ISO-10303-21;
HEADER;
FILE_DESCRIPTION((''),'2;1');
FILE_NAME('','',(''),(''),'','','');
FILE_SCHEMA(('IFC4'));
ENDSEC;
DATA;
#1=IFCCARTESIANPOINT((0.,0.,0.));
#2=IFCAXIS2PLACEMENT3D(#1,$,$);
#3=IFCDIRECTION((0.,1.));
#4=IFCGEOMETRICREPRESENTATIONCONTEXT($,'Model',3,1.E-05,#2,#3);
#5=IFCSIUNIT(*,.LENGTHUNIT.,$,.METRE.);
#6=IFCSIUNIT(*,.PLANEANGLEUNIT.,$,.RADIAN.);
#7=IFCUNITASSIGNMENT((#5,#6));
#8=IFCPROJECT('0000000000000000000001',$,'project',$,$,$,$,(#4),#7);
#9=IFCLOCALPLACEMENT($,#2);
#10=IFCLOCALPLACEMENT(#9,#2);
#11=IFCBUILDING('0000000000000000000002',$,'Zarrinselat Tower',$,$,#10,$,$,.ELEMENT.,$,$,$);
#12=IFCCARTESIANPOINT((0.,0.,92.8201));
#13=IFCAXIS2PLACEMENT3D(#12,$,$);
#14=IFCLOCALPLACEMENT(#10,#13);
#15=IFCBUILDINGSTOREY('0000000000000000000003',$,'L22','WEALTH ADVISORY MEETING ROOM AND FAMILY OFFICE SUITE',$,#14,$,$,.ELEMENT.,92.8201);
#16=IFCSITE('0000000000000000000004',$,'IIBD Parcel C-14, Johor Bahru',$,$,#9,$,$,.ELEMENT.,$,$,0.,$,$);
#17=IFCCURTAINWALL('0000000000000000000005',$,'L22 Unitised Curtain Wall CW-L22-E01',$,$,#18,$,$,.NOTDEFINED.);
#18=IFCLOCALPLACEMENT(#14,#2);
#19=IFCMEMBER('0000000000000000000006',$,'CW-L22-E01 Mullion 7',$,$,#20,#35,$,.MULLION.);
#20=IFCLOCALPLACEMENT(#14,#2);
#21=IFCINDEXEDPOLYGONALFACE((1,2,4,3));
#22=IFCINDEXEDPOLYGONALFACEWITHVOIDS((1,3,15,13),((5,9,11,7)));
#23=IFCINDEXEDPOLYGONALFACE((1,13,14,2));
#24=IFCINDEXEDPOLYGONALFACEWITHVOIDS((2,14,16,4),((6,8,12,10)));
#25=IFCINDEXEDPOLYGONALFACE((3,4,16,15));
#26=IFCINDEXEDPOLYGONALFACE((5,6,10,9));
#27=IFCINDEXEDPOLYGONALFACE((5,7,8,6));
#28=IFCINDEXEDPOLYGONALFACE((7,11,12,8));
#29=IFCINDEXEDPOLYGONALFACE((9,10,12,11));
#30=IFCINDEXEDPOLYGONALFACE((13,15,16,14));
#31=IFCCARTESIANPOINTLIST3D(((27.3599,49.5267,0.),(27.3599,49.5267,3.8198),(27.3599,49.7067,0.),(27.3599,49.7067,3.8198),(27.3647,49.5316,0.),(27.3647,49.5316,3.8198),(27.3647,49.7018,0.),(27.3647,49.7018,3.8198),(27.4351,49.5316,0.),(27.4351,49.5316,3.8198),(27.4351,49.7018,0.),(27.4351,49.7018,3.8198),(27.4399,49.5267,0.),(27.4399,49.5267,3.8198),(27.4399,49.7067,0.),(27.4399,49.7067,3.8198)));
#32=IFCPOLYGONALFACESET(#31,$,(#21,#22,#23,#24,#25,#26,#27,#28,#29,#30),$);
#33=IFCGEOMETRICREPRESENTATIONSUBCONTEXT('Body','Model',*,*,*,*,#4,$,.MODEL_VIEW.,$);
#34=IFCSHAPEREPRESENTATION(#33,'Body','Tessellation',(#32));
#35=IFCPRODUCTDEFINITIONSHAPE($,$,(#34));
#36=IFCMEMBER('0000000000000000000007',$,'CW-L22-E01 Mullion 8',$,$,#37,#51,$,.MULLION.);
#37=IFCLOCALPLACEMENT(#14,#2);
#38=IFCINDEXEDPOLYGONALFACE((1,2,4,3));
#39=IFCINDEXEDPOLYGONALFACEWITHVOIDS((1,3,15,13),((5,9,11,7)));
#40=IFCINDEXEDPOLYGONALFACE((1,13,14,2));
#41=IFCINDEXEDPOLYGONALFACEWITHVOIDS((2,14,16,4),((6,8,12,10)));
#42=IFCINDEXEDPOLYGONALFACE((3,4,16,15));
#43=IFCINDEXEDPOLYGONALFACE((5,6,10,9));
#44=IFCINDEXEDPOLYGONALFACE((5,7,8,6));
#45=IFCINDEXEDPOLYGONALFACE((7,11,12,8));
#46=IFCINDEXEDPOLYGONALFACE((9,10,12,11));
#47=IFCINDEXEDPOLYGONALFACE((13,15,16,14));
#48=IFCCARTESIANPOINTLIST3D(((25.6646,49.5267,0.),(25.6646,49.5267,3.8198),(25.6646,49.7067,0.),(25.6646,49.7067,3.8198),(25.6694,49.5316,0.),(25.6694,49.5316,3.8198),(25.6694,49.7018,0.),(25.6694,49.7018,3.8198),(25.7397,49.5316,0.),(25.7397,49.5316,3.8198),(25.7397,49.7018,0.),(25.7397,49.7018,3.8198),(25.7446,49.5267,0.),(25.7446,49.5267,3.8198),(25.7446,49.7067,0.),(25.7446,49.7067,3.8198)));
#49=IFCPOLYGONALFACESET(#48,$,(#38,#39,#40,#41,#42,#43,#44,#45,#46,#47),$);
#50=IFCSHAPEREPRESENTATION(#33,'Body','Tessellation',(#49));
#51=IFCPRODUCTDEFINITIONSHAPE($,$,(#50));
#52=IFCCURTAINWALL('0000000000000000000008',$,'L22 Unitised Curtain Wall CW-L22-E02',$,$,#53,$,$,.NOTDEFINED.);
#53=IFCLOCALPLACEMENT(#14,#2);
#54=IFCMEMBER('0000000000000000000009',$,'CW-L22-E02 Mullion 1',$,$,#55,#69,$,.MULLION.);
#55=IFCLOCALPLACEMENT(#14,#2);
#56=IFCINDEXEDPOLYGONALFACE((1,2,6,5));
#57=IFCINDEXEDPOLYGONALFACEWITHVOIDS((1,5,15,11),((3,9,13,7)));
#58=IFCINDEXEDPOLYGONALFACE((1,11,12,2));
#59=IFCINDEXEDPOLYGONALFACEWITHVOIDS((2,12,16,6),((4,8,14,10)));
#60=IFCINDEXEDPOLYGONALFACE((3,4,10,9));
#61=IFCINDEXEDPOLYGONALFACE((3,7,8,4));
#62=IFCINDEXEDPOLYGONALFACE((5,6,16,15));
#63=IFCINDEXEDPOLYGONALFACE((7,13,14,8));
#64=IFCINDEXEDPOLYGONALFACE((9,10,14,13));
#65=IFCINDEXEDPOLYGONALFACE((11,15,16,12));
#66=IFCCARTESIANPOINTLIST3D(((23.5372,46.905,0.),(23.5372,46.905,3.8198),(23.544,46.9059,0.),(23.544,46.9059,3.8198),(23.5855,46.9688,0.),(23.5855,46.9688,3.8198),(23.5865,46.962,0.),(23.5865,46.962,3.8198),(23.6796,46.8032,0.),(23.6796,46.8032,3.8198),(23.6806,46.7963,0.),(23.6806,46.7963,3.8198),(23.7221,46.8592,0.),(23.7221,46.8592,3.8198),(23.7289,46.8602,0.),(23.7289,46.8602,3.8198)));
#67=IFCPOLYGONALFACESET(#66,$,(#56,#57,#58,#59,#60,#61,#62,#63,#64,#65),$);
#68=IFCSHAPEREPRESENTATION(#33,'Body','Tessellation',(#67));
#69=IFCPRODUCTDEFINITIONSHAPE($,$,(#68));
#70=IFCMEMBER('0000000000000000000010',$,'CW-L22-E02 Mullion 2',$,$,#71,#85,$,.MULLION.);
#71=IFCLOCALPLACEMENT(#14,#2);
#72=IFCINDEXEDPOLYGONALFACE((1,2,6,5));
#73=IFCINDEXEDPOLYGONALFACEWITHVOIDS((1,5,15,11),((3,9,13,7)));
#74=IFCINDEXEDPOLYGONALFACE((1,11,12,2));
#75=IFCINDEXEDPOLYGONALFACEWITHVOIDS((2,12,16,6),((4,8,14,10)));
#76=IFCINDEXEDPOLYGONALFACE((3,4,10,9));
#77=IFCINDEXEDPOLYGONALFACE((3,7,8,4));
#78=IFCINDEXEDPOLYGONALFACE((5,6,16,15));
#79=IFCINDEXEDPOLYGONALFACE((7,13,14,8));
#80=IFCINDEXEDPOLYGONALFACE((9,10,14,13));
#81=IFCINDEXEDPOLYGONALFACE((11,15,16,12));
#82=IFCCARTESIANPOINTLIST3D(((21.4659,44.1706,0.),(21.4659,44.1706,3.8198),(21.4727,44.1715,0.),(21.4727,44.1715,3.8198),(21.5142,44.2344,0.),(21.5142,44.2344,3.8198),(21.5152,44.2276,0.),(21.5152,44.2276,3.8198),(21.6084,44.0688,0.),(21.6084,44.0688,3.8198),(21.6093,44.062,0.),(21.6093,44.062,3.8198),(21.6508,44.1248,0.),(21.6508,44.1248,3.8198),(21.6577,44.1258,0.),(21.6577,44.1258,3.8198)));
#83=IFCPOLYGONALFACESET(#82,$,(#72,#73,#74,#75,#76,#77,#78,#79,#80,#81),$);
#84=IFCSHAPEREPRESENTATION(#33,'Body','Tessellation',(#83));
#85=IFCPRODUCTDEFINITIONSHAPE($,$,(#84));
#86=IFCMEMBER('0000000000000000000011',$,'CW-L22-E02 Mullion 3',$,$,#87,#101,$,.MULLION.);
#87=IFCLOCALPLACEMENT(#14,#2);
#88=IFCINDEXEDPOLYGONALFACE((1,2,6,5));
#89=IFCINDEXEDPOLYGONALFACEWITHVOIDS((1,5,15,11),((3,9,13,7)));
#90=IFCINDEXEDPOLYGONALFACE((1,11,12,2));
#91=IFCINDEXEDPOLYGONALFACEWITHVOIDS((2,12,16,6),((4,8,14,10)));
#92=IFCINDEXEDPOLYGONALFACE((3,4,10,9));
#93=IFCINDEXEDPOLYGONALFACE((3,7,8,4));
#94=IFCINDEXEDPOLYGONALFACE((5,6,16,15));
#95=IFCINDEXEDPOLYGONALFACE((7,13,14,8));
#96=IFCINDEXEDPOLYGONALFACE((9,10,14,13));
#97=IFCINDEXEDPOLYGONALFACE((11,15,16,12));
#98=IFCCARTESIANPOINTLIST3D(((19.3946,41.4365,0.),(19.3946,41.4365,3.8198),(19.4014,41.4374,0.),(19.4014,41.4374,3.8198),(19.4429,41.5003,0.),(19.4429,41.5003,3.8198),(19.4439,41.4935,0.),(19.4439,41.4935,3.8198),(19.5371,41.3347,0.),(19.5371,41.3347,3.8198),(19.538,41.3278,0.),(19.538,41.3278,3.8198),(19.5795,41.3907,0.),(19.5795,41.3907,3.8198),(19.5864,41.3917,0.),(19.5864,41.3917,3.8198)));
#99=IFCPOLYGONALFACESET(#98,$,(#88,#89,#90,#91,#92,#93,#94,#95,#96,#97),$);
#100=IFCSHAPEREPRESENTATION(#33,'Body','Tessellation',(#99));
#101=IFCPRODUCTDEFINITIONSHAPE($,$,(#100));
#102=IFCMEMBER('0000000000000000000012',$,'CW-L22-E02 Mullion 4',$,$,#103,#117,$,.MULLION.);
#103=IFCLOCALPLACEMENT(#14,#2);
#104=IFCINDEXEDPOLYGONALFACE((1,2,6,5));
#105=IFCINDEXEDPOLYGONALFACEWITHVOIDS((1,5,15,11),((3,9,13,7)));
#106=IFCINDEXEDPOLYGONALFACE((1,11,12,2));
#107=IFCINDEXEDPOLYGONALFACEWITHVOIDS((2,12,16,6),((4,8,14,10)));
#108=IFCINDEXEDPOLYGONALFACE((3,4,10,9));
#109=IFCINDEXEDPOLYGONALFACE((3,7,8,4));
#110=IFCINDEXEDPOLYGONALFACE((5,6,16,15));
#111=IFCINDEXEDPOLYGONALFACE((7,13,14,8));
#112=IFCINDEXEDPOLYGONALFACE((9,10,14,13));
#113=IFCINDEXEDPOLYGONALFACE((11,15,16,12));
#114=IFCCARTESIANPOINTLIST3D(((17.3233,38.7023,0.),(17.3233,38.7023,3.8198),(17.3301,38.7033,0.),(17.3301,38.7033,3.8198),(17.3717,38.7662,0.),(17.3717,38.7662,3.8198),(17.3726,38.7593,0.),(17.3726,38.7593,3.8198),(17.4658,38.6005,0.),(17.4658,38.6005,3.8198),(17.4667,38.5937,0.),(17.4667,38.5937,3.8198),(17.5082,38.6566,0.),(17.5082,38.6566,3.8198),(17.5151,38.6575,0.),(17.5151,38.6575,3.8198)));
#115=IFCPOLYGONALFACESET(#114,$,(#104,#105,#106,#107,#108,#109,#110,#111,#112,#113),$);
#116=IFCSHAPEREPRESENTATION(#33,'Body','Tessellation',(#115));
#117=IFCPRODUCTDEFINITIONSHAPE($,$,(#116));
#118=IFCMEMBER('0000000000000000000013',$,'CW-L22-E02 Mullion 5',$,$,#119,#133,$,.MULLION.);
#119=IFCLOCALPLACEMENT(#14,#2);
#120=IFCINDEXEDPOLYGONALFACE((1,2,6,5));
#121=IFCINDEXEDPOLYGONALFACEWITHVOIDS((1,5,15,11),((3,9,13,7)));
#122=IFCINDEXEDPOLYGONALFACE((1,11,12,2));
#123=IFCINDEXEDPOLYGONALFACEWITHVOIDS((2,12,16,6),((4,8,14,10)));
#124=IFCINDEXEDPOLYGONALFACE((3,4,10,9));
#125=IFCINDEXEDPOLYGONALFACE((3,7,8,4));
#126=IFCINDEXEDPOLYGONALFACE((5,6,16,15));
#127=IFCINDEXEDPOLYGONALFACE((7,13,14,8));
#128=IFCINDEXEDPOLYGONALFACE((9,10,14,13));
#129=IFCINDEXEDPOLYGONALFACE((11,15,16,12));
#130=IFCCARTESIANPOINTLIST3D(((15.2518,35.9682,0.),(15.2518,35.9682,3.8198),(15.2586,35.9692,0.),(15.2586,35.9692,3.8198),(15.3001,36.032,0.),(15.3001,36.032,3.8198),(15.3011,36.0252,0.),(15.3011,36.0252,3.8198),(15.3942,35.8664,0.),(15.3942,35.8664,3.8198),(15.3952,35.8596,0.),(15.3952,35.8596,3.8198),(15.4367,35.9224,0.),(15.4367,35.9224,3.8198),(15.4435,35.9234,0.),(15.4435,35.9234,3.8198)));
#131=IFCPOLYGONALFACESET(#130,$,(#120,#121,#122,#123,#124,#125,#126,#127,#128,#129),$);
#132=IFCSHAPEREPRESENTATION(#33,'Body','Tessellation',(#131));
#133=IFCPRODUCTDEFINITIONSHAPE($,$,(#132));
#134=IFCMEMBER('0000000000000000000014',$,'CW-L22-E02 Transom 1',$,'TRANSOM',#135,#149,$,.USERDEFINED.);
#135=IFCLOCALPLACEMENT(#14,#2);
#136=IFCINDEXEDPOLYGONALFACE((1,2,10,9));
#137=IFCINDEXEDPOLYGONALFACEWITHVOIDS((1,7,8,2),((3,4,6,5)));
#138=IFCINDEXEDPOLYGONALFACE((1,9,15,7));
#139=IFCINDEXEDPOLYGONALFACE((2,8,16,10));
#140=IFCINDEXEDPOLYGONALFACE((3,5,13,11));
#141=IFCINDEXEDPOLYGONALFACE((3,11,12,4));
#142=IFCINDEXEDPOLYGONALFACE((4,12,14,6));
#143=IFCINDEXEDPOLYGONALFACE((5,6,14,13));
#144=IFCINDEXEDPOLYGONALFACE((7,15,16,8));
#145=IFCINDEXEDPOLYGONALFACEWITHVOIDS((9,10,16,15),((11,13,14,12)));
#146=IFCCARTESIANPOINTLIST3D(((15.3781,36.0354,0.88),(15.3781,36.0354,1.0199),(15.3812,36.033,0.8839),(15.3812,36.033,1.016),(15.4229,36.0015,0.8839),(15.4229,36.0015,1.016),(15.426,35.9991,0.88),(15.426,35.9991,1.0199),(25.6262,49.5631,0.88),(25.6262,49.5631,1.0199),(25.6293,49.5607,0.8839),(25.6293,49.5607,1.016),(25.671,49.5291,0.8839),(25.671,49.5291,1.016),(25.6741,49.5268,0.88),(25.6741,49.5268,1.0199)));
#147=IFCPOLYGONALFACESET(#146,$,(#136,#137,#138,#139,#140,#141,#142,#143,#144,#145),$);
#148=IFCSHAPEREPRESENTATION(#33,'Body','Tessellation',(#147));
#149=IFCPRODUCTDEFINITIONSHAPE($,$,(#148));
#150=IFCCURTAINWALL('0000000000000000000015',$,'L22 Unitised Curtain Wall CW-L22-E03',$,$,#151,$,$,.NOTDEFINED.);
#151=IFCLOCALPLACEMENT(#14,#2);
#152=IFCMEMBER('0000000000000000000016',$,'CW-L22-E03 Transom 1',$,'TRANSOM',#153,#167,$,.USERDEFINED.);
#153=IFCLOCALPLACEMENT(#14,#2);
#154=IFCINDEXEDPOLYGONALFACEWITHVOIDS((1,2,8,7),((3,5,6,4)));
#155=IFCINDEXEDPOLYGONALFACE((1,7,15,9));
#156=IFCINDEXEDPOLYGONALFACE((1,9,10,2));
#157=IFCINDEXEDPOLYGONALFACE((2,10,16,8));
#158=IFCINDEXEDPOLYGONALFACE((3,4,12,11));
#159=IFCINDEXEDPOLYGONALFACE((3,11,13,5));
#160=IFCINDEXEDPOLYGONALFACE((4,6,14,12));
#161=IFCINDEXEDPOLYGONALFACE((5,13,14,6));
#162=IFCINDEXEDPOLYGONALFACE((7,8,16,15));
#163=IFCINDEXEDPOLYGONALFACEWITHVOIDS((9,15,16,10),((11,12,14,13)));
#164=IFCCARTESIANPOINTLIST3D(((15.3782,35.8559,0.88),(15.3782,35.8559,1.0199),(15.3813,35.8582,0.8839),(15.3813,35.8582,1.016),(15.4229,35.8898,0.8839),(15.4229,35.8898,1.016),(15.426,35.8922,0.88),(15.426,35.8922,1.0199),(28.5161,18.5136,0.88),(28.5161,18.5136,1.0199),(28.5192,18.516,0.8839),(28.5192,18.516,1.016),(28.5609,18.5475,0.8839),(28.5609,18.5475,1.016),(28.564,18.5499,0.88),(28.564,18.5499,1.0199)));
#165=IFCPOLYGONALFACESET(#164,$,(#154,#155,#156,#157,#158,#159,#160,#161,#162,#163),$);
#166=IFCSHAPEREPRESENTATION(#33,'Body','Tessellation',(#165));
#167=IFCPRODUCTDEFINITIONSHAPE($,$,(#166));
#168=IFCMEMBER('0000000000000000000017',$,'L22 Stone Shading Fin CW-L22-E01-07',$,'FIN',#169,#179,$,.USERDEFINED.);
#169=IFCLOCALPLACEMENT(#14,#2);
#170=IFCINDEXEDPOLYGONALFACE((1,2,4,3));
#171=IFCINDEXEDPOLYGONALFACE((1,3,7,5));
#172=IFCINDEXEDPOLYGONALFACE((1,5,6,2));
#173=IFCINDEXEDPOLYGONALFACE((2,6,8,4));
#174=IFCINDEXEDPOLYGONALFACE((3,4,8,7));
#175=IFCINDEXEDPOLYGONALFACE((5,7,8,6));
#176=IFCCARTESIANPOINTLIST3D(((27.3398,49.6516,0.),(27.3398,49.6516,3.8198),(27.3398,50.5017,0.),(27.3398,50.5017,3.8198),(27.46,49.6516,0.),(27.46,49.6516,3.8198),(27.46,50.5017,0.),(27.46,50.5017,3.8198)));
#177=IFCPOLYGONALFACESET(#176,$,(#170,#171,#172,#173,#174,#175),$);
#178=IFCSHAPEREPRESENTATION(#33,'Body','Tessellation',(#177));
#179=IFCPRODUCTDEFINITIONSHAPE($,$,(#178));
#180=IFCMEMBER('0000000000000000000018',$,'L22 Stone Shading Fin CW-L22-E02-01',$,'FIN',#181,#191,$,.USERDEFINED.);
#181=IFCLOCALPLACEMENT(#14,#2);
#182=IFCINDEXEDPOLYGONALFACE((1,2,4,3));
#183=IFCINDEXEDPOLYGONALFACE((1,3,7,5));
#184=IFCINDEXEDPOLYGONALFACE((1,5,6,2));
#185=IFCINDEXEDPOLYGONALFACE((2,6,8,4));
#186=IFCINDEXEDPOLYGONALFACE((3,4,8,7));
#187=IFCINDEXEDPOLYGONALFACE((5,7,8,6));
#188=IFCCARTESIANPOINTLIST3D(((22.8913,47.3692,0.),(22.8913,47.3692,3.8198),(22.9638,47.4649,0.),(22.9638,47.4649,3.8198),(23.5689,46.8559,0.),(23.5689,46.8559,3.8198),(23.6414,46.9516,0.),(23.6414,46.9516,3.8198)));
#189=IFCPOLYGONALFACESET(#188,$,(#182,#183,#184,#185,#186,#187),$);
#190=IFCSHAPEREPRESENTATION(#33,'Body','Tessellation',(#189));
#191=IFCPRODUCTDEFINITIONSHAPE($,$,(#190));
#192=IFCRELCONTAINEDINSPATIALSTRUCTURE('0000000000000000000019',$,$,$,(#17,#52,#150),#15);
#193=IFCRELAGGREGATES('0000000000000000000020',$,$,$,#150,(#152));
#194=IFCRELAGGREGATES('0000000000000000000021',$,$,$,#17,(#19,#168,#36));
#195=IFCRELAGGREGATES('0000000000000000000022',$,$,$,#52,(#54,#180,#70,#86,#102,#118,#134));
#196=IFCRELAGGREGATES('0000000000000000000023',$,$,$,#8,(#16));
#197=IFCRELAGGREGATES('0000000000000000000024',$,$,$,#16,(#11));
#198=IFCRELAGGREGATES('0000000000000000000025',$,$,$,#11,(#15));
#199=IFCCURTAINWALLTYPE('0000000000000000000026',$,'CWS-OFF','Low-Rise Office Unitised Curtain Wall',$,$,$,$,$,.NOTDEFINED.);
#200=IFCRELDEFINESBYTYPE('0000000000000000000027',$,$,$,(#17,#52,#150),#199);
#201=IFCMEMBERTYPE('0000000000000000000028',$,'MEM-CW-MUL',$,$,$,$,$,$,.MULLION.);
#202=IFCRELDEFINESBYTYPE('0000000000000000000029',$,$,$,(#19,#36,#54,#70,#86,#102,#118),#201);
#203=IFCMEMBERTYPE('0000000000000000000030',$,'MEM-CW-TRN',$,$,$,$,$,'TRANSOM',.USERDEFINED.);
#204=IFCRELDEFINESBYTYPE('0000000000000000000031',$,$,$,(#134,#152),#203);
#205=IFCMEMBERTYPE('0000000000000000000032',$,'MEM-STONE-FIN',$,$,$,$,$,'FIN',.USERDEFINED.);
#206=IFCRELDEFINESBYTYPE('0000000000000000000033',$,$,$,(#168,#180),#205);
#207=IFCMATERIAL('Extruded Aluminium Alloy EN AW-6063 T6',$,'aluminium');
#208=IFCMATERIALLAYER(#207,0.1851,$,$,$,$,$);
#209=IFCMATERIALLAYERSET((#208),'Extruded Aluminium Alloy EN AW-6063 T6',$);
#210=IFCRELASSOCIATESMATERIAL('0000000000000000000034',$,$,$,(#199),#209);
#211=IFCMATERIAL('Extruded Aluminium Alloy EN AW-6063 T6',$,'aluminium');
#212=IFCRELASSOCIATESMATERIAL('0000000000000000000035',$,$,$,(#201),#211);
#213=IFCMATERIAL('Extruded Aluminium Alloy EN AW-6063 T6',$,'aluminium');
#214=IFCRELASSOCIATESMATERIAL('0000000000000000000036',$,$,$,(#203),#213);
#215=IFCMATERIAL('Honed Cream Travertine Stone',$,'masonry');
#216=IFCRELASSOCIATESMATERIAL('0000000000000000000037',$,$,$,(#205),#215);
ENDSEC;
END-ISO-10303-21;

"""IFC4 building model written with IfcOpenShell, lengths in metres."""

from ifc_helpers import new_model, si_unit, direction, frame, origin, origin_2d, place, context, subcontext, project, spatial, rectangle, hollow_rectangle, extrude, material, layer, layer_set, material_profile, profile_set, type_object, element, aggregate, save


model = new_model("IFC4")

# Units and contexts
model_context = context("Model", 3, precision=1e-05, world=origin(), true_north=direction((0.0, 1.0)))
body_context = subcontext(model_context, "Body", "Model", "MODEL_VIEW")
ifc_project = project(units=[si_unit("LENGTHUNIT", "METRE"), si_unit("PLANEANGLEUNIT", "RADIAN")], contexts=[model_context])

# Site, building, storey
site_placement = place(None, origin())
site = spatial("IfcSite", under=ifc_project, at=site_placement, Name="IIBD Parcel C-14, Johor Bahru", CompositionType="ELEMENT", RefElevation=0.0)
building_placement = place(site_placement, origin())
building = spatial("IfcBuilding", under=site, at=building_placement, Name="Zarrinselat Tower", CompositionType="ELEMENT")
storey_placement = place(building_placement, frame((0.0, 0.0, 92.8201)))
storey = spatial("IfcBuildingStorey", under=building, at=storey_placement, Name="L22", Description="WEALTH ADVISORY MEETING ROOM AND FAMILY OFFICE SUITE", CompositionType="ELEMENT", Elevation=92.8201)

# Curtain walls, members
ifc_material_1 = material(Name="Extruded Aluminium Alloy EN AW-6063 T6", Category="aluminium")
ifc_layer_1 = layer(ifc_material_1, 0.1851)
ifc_layer_set_1 = layer_set([ifc_layer_1], Name="Extruded Aluminium Alloy EN AW-6063 T6")
curtain_wall_type = type_object("IfcCurtainWallType", Name="CWS-OFF", Description="Low-Rise Office Unitised Curtain Wall", PredefinedType="NOTDEFINED", material=ifc_layer_set_1)
curtain_wall_1_placement = place(storey_placement, origin())
curtain_wall_1 = element("IfcCurtainWall", 1, at=curtain_wall_1_placement, inside=storey, type_object=curtain_wall_type, Name="L22 Unitised Curtain Wall CW-L22-E01", PredefinedType="NOTDEFINED")
ifc_material_2 = material(Name="Extruded Aluminium Alloy EN AW-6063 T6", Category="aluminium")
ifc_material_profile_1 = material_profile(ifc_material_2, hollow_rectangle(XDim=0.0801, YDim=0.1799, WallThickness=0.0049, at=origin_2d()), Name="RHS 180x80x5")
ifc_profile_set_1 = profile_set([ifc_material_profile_1], Name="Extruded Aluminium Alloy EN AW-6063 T6")
member_type_1 = type_object("IfcMemberType", Name="MEM-CW-MUL", PredefinedType="MULLION", material=ifc_profile_set_1)
member_1_placement = place(storey_placement, frame((27.3999, 49.6167, 0.0), z_axis=(0.0, 0.0, 1.0), x_axis=(-1.0, 0.0, 0.0)))
member_1 = element("IfcMember", 2, at=member_1_placement, type_object=member_type_1, Name="CW-L22-E01 Mullion 7", PredefinedType="MULLION", context=body_context, shape_type="SweptSolid", body=[
    extrude(hollow_rectangle(XDim=0.0801, YDim=0.1799, WallThickness=0.0049, at=origin_2d()), origin(), (0.0, 0.0, 1.0), 3.8198),
])
member_2_placement = place(storey_placement, frame((25.7046, 49.6167, 0.0), z_axis=(0.0, 0.0, 1.0), x_axis=(-1.0, 0.0, 0.0)))
member_2 = element("IfcMember", 3, at=member_2_placement, type_object=member_type_1, Name="CW-L22-E01 Mullion 8", PredefinedType="MULLION", context=body_context, shape_type="SweptSolid", body=[
    extrude(hollow_rectangle(XDim=0.0801, YDim=0.1799, WallThickness=0.0049, at=origin_2d()), origin(), (0.0, 0.0, 1.0), 3.8198),
])
curtain_wall_2_placement = place(storey_placement, origin())
curtain_wall_2 = element("IfcCurtainWall", 4, at=curtain_wall_2_placement, inside=storey, type_object=curtain_wall_type, Name="L22 Unitised Curtain Wall CW-L22-E02", PredefinedType="NOTDEFINED")
member_3_placement = place(storey_placement, frame((23.6331, 46.8826, 0.0), z_axis=(0.0, 0.0, 1.0), x_axis=(-0.603857, -0.797093, 0.0)))
member_3 = element("IfcMember", 5, at=member_3_placement, type_object=member_type_1, Name="CW-L22-E02 Mullion 1", PredefinedType="MULLION", context=body_context, shape_type="SweptSolid", body=[
    extrude(hollow_rectangle(XDim=0.0801, YDim=0.1799, WallThickness=0.0049, at=origin_2d()), origin(), (0.0, 0.0, 1.0), 3.8198),
])
member_4_placement = place(storey_placement, frame((21.5618, 44.1482, 0.0), z_axis=(0.0, 0.0, 1.0), x_axis=(-0.603857, -0.797093, 0.0)))
member_4 = element("IfcMember", 6, at=member_4_placement, type_object=member_type_1, Name="CW-L22-E02 Mullion 2", PredefinedType="MULLION", context=body_context, shape_type="SweptSolid", body=[
    extrude(hollow_rectangle(XDim=0.0801, YDim=0.1799, WallThickness=0.0049, at=origin_2d()), origin(), (0.0, 0.0, 1.0), 3.8198),
])
member_5_placement = place(storey_placement, frame((19.4905, 41.4141, 0.0), z_axis=(0.0, 0.0, 1.0), x_axis=(-0.603857, -0.797093, 0.0)))
member_5 = element("IfcMember", 7, at=member_5_placement, type_object=member_type_1, Name="CW-L22-E02 Mullion 3", PredefinedType="MULLION", context=body_context, shape_type="SweptSolid", body=[
    extrude(hollow_rectangle(XDim=0.0801, YDim=0.1799, WallThickness=0.0049, at=origin_2d()), origin(), (0.0, 0.0, 1.0), 3.8198),
])
member_6_placement = place(storey_placement, frame((17.4192, 38.6799, 0.0), z_axis=(0.0, 0.0, 1.0), x_axis=(-0.603857, -0.797093, 0.0)))
member_6 = element("IfcMember", 8, at=member_6_placement, type_object=member_type_1, Name="CW-L22-E02 Mullion 4", PredefinedType="MULLION", context=body_context, shape_type="SweptSolid", body=[
    extrude(hollow_rectangle(XDim=0.0801, YDim=0.1799, WallThickness=0.0049, at=origin_2d()), origin(), (0.0, 0.0, 1.0), 3.8198),
])
member_7_placement = place(storey_placement, frame((15.3477, 35.9458, 0.0), z_axis=(0.0, 0.0, 1.0), x_axis=(-0.603857, -0.797093, 0.0)))
member_7 = element("IfcMember", 9, at=member_7_placement, type_object=member_type_1, Name="CW-L22-E02 Mullion 5", PredefinedType="MULLION", context=body_context, shape_type="SweptSolid", body=[
    extrude(hollow_rectangle(XDim=0.0801, YDim=0.1799, WallThickness=0.0049, at=origin_2d()), origin(), (0.0, 0.0, 1.0), 3.8198),
])
ifc_material_3 = material(Name="Extruded Aluminium Alloy EN AW-6063 T6", Category="aluminium")
ifc_material_profile_2 = material_profile(ifc_material_3, hollow_rectangle(XDim=0.0601, YDim=0.1399, WallThickness=0.0039, at=origin_2d()), Name="RHS 140x60x4")
ifc_profile_set_2 = profile_set([ifc_material_profile_2], Name="Extruded Aluminium Alloy EN AW-6063 T6")
member_type_2 = type_object("IfcMemberType", Name="MEM-CW-TRN", ElementType="TRANSOM", PredefinedType="USERDEFINED", material=ifc_profile_set_2)
member_8_placement = place(storey_placement, frame((25.6501, 49.5449, 0.95), z_axis=(-0.603853, -0.797096, 0.0), x_axis=(0.797096, -0.603853, 0.0)))
member_8 = element("IfcMember", 10, at=member_8_placement, type_object=member_type_2, Name="CW-L22-E02 Transom 1", ObjectType="TRANSOM", PredefinedType="USERDEFINED", context=body_context, shape_type="SweptSolid", body=[
    extrude(hollow_rectangle(XDim=0.0601, YDim=0.1399, WallThickness=0.0039, at=origin_2d()), origin(), (0.0, 0.0, 1.0), 16.9712),
])

# Curtain wall, member
curtain_wall_3_placement = place(storey_placement, origin())
curtain_wall_3 = element("IfcCurtainWall", 11, at=curtain_wall_3_placement, inside=storey, type_object=curtain_wall_type, Name="L22 Unitised Curtain Wall CW-L22-E03", PredefinedType="NOTDEFINED")
member_9_placement = place(storey_placement, frame((15.4021, 35.874, 0.95), z_axis=(0.603853, -0.797096, 0.0), x_axis=(0.797096, 0.603853, 0.0)))
member_9 = element("IfcMember", 12, at=member_9_placement, type_object=member_type_2, Name="CW-L22-E03 Transom 1", ObjectType="TRANSOM", PredefinedType="USERDEFINED", context=body_context, shape_type="SweptSolid", body=[
    extrude(hollow_rectangle(XDim=0.0601, YDim=0.1399, WallThickness=0.0039, at=origin_2d()), origin(), (0.0, 0.0, 1.0), 21.7568),
])
aggregate(curtain_wall_3, [member_9])

# Members
ifc_material_4 = material(Name="Honed Cream Travertine Stone", Category="masonry")
ifc_material_profile_3 = material_profile(ifc_material_4, rectangle(XDim=0.1201, YDim=0.8501, at=origin_2d()), Name="FIN 850x120")
ifc_profile_set_3 = profile_set([ifc_material_profile_3], Name="Honed Cream Travertine Stone")
member_type_3 = type_object("IfcMemberType", Name="MEM-STONE-FIN", ElementType="FIN", PredefinedType="USERDEFINED", material=ifc_profile_set_3)
member_10_placement = place(storey_placement, frame((27.3999, 50.0767, 0.0), z_axis=(0.0, 0.0, 1.0), x_axis=(1.0, 0.0, 0.0)))
member_10 = element("IfcMember", 13, at=member_10_placement, type_object=member_type_3, Name="L22 Stone Shading Fin CW-L22-E01-07", ObjectType="FIN", PredefinedType="USERDEFINED", context=body_context, shape_type="SweptSolid", body=[
    extrude(rectangle(XDim=0.1201, YDim=0.8501, at=origin_2d()), origin(), (0.0, 0.0, 1.0), 3.8198),
])
member_11_placement = place(storey_placement, frame((23.2664, 47.1604, 0.0), z_axis=(0.0, 0.0, 1.0), x_axis=(0.603857, 0.797093, 0.0)))
member_11 = element("IfcMember", 14, at=member_11_placement, type_object=member_type_3, Name="L22 Stone Shading Fin CW-L22-E02-01", ObjectType="FIN", PredefinedType="USERDEFINED", context=body_context, shape_type="SweptSolid", body=[
    extrude(rectangle(XDim=0.1201, YDim=0.8501, at=origin_2d()), origin(), (0.0, 0.0, 1.0), 3.8198),
])

aggregate(curtain_wall_1, [member_1, member_10, member_2])
aggregate(curtain_wall_2, [member_3, member_11, member_4, member_5, member_6, member_7, member_8])

save(model, "model.ifc")
